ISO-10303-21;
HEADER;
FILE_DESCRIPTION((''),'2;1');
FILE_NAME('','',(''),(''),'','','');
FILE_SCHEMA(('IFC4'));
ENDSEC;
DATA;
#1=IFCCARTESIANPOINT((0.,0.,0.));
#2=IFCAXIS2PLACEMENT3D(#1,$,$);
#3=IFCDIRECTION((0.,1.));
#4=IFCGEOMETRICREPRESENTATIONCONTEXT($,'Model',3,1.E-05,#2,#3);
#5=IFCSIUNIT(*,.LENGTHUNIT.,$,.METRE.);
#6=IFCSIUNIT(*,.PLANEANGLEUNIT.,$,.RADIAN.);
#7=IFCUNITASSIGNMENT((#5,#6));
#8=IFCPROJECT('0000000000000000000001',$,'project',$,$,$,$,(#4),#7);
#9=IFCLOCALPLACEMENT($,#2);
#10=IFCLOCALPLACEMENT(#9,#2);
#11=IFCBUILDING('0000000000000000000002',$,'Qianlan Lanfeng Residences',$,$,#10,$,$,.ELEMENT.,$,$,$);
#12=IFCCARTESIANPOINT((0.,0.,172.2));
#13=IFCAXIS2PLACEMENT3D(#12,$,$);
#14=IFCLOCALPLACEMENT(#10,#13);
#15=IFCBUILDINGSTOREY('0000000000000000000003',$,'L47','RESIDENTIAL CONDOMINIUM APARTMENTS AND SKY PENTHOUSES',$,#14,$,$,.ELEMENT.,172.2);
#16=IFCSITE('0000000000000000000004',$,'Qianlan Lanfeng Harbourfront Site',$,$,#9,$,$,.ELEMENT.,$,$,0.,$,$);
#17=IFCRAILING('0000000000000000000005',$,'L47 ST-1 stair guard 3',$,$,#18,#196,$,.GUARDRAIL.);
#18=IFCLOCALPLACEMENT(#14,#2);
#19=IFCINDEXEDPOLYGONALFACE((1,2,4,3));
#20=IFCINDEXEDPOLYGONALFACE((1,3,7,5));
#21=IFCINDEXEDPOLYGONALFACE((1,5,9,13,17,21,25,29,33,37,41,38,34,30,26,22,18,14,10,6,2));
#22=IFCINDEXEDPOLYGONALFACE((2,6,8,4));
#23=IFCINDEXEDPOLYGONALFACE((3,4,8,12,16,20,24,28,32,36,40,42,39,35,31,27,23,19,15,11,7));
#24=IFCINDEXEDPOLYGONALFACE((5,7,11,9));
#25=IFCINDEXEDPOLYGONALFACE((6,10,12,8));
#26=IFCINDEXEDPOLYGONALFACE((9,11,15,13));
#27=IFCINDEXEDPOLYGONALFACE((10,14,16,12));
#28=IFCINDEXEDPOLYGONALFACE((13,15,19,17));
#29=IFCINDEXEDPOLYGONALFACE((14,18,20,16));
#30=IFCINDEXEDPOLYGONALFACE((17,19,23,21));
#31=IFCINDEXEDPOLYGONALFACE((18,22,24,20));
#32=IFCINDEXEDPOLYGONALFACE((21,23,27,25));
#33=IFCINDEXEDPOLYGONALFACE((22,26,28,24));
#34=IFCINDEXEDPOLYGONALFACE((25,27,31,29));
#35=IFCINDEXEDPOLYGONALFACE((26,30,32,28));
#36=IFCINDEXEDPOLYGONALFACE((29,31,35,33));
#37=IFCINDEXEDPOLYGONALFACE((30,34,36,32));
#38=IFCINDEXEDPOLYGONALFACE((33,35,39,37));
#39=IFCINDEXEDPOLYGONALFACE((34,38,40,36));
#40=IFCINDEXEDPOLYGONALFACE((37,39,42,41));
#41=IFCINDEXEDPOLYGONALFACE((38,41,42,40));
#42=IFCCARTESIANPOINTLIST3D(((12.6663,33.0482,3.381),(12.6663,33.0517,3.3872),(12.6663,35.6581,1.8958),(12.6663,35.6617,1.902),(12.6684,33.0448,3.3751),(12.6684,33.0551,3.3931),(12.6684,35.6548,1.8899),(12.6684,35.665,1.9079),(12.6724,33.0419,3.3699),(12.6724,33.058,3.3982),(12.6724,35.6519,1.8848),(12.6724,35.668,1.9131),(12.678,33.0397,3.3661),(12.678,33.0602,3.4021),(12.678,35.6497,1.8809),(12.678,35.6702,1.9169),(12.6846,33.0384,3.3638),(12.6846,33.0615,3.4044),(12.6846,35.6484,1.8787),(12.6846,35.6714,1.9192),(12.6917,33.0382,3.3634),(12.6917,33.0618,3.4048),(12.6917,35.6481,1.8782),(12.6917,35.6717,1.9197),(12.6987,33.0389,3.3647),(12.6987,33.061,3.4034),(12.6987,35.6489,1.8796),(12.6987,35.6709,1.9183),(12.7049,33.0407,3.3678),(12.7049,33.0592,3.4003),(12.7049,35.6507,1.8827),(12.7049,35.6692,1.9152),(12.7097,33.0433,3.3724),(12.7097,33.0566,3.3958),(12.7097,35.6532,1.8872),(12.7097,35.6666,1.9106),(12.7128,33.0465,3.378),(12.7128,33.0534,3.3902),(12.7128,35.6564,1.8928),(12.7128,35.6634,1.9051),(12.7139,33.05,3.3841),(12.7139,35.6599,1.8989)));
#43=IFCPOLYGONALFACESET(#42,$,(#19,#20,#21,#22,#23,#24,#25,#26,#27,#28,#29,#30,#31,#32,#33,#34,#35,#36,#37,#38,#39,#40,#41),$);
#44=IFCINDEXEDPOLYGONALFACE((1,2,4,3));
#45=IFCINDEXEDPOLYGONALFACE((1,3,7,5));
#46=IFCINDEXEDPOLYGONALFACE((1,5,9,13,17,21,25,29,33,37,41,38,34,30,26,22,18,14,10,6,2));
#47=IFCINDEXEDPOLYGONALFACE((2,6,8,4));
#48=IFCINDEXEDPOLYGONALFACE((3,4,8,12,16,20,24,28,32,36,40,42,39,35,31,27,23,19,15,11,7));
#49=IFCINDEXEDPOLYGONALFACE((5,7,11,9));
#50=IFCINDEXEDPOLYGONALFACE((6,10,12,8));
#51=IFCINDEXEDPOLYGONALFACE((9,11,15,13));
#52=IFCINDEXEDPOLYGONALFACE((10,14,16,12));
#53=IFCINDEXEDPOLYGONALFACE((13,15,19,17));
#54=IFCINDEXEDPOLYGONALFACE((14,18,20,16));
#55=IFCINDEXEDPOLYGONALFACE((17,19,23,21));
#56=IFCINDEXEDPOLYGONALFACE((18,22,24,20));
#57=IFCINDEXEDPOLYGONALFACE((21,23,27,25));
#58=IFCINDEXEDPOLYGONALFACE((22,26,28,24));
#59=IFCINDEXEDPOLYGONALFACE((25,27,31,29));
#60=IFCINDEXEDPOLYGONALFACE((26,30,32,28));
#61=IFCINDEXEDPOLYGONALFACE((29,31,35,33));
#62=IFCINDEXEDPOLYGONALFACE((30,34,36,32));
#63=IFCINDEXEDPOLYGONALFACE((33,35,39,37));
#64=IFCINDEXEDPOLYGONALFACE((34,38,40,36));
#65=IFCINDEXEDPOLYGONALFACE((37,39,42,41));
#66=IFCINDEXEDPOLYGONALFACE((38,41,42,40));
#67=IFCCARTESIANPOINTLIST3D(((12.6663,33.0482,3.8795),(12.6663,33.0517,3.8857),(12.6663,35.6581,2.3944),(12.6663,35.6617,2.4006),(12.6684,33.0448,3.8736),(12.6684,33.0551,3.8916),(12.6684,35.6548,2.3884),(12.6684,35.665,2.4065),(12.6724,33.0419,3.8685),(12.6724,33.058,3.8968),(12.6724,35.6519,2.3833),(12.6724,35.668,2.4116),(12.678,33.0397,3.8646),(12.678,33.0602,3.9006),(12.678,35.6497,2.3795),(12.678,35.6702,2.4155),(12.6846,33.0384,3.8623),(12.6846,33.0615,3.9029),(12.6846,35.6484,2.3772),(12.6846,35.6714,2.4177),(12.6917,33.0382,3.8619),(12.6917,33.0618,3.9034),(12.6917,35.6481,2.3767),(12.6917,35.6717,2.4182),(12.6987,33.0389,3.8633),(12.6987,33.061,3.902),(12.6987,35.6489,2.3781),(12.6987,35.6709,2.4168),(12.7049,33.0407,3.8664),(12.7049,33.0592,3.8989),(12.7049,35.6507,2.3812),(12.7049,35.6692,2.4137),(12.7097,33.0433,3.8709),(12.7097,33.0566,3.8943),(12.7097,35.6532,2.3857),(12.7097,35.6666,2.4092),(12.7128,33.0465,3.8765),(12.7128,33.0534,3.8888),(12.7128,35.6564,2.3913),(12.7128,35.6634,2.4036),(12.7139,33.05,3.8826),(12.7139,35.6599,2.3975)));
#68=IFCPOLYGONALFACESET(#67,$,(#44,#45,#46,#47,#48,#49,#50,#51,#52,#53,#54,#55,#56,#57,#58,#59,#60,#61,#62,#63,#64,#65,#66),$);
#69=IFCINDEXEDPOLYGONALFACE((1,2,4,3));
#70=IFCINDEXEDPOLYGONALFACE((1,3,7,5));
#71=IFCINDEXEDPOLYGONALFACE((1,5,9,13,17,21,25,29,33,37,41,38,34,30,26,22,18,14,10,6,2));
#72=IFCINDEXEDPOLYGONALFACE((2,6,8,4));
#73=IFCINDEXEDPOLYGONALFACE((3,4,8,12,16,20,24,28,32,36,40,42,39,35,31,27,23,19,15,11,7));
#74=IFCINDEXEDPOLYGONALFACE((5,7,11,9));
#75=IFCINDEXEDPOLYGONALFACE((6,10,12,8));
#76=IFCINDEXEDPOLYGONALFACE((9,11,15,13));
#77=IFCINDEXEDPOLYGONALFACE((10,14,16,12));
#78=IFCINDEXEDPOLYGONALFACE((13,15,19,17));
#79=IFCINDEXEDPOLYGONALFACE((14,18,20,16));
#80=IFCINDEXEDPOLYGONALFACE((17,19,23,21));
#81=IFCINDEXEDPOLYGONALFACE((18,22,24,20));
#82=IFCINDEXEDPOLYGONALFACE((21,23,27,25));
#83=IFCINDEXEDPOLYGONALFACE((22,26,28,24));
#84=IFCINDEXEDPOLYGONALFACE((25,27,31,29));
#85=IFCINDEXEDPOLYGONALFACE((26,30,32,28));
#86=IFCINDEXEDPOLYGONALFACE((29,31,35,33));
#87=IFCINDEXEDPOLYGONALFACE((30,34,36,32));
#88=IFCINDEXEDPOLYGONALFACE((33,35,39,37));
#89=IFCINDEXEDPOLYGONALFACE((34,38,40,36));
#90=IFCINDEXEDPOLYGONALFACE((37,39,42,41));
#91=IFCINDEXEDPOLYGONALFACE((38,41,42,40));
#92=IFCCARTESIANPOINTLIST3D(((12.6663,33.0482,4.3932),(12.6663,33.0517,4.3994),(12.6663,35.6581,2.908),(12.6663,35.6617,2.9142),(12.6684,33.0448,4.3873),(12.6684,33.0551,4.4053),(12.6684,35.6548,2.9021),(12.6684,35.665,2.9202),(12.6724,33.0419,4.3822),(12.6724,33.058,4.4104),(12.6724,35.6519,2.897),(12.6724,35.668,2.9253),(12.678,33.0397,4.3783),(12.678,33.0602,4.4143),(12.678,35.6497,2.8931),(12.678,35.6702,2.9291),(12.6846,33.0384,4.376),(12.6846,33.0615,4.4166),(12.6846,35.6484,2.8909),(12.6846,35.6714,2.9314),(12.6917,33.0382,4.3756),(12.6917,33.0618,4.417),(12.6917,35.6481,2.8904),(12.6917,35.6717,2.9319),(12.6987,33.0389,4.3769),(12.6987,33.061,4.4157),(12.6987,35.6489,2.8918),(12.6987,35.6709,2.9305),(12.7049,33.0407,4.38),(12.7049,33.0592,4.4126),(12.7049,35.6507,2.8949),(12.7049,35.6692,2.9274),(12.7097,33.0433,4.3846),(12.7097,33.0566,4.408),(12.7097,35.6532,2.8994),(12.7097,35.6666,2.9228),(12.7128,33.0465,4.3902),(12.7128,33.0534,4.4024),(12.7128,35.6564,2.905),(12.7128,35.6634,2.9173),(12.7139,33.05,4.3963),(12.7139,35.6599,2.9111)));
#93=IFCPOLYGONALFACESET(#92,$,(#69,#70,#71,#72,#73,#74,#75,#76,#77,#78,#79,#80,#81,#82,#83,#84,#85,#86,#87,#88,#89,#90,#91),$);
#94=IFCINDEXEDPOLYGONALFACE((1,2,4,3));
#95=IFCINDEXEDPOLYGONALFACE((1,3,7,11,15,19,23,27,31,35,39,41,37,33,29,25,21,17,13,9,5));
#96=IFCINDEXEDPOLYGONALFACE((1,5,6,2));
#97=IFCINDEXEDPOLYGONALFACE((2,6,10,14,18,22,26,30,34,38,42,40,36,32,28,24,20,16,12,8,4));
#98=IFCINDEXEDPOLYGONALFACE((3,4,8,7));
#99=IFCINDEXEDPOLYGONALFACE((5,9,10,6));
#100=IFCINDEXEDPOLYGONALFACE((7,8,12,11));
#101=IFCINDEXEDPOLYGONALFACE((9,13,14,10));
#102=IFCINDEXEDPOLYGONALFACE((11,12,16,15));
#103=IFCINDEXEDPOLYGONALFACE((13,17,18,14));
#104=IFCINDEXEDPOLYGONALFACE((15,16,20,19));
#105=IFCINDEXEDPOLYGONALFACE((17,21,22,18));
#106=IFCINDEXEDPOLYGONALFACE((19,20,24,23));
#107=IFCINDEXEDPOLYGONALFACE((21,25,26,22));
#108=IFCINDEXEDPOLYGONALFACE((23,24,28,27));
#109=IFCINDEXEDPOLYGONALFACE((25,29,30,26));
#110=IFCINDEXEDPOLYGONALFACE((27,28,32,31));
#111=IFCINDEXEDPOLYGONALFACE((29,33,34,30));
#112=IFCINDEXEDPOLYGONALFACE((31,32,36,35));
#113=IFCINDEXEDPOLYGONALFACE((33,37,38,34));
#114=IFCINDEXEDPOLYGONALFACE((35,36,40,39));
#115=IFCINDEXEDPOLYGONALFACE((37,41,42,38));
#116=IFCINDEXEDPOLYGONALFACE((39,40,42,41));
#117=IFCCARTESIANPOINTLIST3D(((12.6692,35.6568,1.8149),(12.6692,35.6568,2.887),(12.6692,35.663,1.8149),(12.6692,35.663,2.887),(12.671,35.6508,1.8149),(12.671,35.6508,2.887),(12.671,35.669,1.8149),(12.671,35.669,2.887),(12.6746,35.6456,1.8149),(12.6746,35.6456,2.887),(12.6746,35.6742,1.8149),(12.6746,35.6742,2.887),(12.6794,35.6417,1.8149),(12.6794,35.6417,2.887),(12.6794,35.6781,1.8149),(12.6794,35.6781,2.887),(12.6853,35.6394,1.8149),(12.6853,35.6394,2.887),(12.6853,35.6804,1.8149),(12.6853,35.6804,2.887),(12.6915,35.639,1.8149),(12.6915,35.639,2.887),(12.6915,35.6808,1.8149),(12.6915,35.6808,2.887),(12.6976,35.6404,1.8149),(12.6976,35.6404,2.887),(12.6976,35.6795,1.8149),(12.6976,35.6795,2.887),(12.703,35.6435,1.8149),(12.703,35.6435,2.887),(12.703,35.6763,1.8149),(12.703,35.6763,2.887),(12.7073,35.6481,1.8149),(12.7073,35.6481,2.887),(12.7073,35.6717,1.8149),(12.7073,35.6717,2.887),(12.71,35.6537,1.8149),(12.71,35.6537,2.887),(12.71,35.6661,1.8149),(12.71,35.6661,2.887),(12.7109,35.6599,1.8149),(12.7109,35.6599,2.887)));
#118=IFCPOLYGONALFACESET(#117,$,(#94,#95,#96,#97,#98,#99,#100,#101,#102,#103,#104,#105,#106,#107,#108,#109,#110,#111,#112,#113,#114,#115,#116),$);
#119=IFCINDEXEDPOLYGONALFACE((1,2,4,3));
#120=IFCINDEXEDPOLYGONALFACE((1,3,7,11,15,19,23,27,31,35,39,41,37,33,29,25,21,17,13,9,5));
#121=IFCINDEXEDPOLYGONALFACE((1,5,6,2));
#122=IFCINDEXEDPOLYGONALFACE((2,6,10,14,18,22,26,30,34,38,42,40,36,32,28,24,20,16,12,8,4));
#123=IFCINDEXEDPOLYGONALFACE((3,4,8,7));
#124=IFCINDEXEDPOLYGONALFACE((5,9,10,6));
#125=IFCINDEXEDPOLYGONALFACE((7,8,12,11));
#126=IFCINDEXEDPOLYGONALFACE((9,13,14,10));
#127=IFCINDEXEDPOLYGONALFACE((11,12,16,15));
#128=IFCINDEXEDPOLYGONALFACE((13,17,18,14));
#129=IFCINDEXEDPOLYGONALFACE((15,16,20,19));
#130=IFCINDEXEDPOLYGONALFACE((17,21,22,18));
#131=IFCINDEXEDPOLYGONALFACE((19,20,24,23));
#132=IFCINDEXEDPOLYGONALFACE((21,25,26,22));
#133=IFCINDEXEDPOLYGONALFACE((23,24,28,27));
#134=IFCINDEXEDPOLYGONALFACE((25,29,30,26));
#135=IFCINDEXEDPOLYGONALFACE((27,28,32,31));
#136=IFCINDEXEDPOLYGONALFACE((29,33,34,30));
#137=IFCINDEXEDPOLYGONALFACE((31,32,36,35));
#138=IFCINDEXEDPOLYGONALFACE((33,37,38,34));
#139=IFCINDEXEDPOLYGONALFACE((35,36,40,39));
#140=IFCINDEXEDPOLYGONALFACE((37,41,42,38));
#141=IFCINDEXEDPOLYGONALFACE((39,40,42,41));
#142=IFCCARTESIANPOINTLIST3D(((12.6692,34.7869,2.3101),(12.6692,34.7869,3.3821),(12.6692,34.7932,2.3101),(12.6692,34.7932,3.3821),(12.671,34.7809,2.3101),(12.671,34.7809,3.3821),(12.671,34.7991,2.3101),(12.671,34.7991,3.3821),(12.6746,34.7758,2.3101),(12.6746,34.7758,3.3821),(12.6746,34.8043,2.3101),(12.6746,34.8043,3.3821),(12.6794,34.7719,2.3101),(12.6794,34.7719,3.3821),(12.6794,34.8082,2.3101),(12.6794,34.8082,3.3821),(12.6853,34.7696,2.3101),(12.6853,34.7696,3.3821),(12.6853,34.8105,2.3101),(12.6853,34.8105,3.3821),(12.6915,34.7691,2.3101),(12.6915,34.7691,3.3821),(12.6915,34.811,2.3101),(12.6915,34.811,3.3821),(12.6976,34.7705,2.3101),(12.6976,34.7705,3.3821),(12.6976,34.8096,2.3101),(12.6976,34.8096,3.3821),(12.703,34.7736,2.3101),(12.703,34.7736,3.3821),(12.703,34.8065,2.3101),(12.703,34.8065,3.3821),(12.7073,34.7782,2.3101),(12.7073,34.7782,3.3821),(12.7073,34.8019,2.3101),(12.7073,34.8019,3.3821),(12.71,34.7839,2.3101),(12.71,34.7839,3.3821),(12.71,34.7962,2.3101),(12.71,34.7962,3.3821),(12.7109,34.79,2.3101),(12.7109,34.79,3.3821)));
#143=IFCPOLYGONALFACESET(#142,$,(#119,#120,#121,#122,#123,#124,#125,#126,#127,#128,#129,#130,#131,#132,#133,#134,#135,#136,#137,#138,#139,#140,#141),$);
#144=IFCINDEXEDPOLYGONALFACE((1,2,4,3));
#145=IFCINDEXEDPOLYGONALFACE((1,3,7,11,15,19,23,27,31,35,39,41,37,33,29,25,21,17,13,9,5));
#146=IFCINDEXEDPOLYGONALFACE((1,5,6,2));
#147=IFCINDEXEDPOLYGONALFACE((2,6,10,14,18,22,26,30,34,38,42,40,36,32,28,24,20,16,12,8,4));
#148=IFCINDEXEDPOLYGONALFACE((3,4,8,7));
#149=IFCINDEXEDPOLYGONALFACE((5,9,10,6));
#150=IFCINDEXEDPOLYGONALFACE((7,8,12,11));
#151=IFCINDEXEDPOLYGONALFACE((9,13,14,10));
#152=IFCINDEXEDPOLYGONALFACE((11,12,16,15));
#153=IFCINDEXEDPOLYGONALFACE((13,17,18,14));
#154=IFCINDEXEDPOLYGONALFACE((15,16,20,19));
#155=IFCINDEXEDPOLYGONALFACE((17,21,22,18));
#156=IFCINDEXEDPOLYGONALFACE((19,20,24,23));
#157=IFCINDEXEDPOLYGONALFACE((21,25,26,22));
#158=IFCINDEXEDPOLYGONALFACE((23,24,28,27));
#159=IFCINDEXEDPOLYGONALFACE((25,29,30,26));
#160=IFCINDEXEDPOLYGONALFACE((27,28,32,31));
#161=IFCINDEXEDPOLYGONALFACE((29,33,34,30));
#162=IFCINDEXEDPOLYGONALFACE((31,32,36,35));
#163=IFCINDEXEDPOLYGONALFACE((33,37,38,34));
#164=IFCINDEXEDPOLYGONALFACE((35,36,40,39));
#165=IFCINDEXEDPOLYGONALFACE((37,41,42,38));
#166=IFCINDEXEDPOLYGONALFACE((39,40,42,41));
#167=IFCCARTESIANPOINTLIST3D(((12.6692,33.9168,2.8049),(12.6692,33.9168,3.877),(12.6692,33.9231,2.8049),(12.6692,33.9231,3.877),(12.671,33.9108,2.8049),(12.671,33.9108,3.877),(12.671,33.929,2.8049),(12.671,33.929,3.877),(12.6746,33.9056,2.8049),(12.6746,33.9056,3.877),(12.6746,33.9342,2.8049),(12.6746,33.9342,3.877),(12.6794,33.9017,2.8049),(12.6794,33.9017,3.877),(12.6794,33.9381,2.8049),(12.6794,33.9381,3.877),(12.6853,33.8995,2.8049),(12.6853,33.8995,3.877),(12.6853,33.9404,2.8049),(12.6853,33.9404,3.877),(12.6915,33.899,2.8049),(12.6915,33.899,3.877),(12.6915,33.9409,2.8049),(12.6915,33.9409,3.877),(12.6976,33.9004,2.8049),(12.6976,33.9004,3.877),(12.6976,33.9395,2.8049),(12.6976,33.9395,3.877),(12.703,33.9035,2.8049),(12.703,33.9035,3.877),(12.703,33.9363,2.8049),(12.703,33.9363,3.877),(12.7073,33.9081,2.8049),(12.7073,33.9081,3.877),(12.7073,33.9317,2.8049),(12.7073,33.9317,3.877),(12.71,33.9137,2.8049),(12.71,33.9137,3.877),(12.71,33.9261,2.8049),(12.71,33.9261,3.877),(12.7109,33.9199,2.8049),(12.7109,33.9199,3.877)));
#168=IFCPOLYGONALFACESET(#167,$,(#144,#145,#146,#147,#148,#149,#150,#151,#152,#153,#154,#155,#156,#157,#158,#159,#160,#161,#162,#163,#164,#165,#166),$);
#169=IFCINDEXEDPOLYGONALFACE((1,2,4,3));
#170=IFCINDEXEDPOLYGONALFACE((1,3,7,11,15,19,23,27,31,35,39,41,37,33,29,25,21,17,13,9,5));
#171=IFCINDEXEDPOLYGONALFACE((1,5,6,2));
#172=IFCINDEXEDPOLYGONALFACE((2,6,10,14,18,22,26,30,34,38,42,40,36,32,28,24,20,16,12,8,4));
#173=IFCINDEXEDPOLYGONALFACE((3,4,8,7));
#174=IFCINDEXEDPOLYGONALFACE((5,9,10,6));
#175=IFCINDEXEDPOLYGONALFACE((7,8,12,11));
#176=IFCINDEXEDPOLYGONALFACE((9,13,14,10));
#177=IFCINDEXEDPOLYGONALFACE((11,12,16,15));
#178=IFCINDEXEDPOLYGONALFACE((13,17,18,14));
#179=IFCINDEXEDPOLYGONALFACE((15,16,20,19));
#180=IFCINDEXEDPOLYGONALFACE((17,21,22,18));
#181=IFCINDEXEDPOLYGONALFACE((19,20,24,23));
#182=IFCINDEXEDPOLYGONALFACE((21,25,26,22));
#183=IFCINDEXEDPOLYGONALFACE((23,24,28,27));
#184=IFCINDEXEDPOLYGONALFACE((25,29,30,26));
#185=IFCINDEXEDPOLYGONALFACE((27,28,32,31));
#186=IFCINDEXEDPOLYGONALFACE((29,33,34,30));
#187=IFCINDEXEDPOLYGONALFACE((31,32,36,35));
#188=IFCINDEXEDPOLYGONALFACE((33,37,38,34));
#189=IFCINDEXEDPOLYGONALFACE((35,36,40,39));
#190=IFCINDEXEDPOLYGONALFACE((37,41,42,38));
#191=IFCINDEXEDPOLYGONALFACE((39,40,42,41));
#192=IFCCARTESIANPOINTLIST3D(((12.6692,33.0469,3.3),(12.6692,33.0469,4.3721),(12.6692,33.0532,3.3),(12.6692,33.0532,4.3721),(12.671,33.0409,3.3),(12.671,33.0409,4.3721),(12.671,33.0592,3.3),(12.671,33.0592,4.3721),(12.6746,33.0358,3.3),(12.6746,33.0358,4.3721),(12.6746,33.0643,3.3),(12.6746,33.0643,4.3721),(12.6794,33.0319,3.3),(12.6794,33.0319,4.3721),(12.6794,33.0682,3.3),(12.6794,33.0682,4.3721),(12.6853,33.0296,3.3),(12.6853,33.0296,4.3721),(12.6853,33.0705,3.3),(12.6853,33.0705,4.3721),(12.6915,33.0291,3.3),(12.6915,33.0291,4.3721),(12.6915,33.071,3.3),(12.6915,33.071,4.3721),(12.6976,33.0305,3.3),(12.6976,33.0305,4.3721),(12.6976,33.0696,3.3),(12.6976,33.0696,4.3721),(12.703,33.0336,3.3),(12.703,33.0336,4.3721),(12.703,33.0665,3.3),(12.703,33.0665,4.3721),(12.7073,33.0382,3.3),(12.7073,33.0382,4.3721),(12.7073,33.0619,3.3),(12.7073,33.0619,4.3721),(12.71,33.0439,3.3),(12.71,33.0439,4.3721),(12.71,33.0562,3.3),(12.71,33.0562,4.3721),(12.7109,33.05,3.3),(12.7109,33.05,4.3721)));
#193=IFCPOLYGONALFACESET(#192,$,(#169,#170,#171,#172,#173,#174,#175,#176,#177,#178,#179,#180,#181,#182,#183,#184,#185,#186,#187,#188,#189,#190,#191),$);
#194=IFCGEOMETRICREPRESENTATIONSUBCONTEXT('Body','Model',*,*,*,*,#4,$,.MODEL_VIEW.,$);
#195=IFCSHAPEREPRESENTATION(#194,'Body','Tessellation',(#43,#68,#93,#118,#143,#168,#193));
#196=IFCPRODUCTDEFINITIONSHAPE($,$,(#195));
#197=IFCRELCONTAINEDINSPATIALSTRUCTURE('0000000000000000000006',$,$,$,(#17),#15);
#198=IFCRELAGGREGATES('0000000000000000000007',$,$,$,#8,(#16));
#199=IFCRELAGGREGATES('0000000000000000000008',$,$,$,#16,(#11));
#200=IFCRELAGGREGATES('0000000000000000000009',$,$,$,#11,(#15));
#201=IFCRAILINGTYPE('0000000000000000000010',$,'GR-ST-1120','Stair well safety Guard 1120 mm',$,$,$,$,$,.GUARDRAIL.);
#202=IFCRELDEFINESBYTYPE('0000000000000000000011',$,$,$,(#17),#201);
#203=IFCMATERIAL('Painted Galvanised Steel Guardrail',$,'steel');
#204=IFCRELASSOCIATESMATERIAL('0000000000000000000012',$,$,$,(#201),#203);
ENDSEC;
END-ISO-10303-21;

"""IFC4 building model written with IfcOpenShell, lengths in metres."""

from ifc_helpers import new_model, si_unit, direction, frame, origin, origin_2d, place, context, subcontext, project, spatial, circle, extrude, material, type_object, element, save


model = new_model("IFC4")

# Units and contexts
model_context = context("Model", 3, precision=1e-05, world=origin(), true_north=direction((0.0, 1.0)))
body_context = subcontext(model_context, "Body", "Model", "MODEL_VIEW")
ifc_project = project(units=[si_unit("LENGTHUNIT", "METRE"), si_unit("PLANEANGLEUNIT", "RADIAN")], contexts=[model_context])

# Site, building, storey
site_placement = place(None, origin())
site = spatial("IfcSite", under=ifc_project, at=site_placement, Name="Qianlan Lanfeng Harbourfront Site", CompositionType="ELEMENT", RefElevation=0.0)
building_placement = place(site_placement, origin())
building = spatial("IfcBuilding", under=site, at=building_placement, Name="Qianlan Lanfeng Residences", CompositionType="ELEMENT")
storey_placement = place(building_placement, frame((0.0, 0.0, 172.2)))
storey = spatial("IfcBuildingStorey", under=building, at=storey_placement, Name="L47", Description="RESIDENTIAL CONDOMINIUM APARTMENTS AND SKY PENTHOUSES", CompositionType="ELEMENT", Elevation=172.2)

# Railing
ifc_material_1 = material(Name="Painted Galvanised Steel Guardrail", Category="steel")
railing_type_1 = type_object("IfcRailingType", Name="GR-ST-1120", Description="Stair well safety Guard 1120 mm", PredefinedType="GUARDRAIL", material=ifc_material_1)
railing_1_placement = place(storey_placement, frame((12.6899, 35.6599, 1.8149)))
element("IfcRailing", 1, at=railing_1_placement, inside=storey, type_object=railing_type_1, Name="L47 ST-1 stair guard 3", PredefinedType="GUARDRAIL", context=body_context, shape_type="SweptSolid", body=[
    extrude(circle(Radius=0.0239, at=origin_2d()), frame((0.0, 0.0, 0.084), z_axis=(0.0, -0.869137, 0.494571), x_axis=(1.0, 0.0, 0.0)), (0.0, 0.0, 1.0), 3.0029),
    extrude(circle(Radius=0.0239, at=origin_2d()), frame((0.0, 0.0, 0.5825), z_axis=(0.0, -0.869137, 0.494571), x_axis=(1.0, 0.0, 0.0)), (0.0, 0.0, 1.0), 3.0029),
    extrude(circle(Radius=0.0239, at=origin_2d()), frame((0.0, 0.0, 1.0962), z_axis=(0.0, -0.869137, 0.494571), x_axis=(1.0, 0.0, 0.0)), (0.0, 0.0, 1.0), 3.0029),
    extrude(circle(Radius=0.021, at=origin_2d()), origin(), (0.0, 0.0, 1.0), 1.072),
    extrude(circle(Radius=0.021, at=origin_2d()), frame((0.0, -0.8699, 0.4951)), (0.0, 0.0, 1.0), 1.072),
    extrude(circle(Radius=0.021, at=origin_2d()), frame((0.0, -1.74, 0.99)), (0.0, 0.0, 1.0), 1.072),
    extrude(circle(Radius=0.021, at=origin_2d()), frame((0.0, -2.6099, 1.4851)), (0.0, 0.0, 1.0), 1.072),
])

save(model, "model.ifc")
